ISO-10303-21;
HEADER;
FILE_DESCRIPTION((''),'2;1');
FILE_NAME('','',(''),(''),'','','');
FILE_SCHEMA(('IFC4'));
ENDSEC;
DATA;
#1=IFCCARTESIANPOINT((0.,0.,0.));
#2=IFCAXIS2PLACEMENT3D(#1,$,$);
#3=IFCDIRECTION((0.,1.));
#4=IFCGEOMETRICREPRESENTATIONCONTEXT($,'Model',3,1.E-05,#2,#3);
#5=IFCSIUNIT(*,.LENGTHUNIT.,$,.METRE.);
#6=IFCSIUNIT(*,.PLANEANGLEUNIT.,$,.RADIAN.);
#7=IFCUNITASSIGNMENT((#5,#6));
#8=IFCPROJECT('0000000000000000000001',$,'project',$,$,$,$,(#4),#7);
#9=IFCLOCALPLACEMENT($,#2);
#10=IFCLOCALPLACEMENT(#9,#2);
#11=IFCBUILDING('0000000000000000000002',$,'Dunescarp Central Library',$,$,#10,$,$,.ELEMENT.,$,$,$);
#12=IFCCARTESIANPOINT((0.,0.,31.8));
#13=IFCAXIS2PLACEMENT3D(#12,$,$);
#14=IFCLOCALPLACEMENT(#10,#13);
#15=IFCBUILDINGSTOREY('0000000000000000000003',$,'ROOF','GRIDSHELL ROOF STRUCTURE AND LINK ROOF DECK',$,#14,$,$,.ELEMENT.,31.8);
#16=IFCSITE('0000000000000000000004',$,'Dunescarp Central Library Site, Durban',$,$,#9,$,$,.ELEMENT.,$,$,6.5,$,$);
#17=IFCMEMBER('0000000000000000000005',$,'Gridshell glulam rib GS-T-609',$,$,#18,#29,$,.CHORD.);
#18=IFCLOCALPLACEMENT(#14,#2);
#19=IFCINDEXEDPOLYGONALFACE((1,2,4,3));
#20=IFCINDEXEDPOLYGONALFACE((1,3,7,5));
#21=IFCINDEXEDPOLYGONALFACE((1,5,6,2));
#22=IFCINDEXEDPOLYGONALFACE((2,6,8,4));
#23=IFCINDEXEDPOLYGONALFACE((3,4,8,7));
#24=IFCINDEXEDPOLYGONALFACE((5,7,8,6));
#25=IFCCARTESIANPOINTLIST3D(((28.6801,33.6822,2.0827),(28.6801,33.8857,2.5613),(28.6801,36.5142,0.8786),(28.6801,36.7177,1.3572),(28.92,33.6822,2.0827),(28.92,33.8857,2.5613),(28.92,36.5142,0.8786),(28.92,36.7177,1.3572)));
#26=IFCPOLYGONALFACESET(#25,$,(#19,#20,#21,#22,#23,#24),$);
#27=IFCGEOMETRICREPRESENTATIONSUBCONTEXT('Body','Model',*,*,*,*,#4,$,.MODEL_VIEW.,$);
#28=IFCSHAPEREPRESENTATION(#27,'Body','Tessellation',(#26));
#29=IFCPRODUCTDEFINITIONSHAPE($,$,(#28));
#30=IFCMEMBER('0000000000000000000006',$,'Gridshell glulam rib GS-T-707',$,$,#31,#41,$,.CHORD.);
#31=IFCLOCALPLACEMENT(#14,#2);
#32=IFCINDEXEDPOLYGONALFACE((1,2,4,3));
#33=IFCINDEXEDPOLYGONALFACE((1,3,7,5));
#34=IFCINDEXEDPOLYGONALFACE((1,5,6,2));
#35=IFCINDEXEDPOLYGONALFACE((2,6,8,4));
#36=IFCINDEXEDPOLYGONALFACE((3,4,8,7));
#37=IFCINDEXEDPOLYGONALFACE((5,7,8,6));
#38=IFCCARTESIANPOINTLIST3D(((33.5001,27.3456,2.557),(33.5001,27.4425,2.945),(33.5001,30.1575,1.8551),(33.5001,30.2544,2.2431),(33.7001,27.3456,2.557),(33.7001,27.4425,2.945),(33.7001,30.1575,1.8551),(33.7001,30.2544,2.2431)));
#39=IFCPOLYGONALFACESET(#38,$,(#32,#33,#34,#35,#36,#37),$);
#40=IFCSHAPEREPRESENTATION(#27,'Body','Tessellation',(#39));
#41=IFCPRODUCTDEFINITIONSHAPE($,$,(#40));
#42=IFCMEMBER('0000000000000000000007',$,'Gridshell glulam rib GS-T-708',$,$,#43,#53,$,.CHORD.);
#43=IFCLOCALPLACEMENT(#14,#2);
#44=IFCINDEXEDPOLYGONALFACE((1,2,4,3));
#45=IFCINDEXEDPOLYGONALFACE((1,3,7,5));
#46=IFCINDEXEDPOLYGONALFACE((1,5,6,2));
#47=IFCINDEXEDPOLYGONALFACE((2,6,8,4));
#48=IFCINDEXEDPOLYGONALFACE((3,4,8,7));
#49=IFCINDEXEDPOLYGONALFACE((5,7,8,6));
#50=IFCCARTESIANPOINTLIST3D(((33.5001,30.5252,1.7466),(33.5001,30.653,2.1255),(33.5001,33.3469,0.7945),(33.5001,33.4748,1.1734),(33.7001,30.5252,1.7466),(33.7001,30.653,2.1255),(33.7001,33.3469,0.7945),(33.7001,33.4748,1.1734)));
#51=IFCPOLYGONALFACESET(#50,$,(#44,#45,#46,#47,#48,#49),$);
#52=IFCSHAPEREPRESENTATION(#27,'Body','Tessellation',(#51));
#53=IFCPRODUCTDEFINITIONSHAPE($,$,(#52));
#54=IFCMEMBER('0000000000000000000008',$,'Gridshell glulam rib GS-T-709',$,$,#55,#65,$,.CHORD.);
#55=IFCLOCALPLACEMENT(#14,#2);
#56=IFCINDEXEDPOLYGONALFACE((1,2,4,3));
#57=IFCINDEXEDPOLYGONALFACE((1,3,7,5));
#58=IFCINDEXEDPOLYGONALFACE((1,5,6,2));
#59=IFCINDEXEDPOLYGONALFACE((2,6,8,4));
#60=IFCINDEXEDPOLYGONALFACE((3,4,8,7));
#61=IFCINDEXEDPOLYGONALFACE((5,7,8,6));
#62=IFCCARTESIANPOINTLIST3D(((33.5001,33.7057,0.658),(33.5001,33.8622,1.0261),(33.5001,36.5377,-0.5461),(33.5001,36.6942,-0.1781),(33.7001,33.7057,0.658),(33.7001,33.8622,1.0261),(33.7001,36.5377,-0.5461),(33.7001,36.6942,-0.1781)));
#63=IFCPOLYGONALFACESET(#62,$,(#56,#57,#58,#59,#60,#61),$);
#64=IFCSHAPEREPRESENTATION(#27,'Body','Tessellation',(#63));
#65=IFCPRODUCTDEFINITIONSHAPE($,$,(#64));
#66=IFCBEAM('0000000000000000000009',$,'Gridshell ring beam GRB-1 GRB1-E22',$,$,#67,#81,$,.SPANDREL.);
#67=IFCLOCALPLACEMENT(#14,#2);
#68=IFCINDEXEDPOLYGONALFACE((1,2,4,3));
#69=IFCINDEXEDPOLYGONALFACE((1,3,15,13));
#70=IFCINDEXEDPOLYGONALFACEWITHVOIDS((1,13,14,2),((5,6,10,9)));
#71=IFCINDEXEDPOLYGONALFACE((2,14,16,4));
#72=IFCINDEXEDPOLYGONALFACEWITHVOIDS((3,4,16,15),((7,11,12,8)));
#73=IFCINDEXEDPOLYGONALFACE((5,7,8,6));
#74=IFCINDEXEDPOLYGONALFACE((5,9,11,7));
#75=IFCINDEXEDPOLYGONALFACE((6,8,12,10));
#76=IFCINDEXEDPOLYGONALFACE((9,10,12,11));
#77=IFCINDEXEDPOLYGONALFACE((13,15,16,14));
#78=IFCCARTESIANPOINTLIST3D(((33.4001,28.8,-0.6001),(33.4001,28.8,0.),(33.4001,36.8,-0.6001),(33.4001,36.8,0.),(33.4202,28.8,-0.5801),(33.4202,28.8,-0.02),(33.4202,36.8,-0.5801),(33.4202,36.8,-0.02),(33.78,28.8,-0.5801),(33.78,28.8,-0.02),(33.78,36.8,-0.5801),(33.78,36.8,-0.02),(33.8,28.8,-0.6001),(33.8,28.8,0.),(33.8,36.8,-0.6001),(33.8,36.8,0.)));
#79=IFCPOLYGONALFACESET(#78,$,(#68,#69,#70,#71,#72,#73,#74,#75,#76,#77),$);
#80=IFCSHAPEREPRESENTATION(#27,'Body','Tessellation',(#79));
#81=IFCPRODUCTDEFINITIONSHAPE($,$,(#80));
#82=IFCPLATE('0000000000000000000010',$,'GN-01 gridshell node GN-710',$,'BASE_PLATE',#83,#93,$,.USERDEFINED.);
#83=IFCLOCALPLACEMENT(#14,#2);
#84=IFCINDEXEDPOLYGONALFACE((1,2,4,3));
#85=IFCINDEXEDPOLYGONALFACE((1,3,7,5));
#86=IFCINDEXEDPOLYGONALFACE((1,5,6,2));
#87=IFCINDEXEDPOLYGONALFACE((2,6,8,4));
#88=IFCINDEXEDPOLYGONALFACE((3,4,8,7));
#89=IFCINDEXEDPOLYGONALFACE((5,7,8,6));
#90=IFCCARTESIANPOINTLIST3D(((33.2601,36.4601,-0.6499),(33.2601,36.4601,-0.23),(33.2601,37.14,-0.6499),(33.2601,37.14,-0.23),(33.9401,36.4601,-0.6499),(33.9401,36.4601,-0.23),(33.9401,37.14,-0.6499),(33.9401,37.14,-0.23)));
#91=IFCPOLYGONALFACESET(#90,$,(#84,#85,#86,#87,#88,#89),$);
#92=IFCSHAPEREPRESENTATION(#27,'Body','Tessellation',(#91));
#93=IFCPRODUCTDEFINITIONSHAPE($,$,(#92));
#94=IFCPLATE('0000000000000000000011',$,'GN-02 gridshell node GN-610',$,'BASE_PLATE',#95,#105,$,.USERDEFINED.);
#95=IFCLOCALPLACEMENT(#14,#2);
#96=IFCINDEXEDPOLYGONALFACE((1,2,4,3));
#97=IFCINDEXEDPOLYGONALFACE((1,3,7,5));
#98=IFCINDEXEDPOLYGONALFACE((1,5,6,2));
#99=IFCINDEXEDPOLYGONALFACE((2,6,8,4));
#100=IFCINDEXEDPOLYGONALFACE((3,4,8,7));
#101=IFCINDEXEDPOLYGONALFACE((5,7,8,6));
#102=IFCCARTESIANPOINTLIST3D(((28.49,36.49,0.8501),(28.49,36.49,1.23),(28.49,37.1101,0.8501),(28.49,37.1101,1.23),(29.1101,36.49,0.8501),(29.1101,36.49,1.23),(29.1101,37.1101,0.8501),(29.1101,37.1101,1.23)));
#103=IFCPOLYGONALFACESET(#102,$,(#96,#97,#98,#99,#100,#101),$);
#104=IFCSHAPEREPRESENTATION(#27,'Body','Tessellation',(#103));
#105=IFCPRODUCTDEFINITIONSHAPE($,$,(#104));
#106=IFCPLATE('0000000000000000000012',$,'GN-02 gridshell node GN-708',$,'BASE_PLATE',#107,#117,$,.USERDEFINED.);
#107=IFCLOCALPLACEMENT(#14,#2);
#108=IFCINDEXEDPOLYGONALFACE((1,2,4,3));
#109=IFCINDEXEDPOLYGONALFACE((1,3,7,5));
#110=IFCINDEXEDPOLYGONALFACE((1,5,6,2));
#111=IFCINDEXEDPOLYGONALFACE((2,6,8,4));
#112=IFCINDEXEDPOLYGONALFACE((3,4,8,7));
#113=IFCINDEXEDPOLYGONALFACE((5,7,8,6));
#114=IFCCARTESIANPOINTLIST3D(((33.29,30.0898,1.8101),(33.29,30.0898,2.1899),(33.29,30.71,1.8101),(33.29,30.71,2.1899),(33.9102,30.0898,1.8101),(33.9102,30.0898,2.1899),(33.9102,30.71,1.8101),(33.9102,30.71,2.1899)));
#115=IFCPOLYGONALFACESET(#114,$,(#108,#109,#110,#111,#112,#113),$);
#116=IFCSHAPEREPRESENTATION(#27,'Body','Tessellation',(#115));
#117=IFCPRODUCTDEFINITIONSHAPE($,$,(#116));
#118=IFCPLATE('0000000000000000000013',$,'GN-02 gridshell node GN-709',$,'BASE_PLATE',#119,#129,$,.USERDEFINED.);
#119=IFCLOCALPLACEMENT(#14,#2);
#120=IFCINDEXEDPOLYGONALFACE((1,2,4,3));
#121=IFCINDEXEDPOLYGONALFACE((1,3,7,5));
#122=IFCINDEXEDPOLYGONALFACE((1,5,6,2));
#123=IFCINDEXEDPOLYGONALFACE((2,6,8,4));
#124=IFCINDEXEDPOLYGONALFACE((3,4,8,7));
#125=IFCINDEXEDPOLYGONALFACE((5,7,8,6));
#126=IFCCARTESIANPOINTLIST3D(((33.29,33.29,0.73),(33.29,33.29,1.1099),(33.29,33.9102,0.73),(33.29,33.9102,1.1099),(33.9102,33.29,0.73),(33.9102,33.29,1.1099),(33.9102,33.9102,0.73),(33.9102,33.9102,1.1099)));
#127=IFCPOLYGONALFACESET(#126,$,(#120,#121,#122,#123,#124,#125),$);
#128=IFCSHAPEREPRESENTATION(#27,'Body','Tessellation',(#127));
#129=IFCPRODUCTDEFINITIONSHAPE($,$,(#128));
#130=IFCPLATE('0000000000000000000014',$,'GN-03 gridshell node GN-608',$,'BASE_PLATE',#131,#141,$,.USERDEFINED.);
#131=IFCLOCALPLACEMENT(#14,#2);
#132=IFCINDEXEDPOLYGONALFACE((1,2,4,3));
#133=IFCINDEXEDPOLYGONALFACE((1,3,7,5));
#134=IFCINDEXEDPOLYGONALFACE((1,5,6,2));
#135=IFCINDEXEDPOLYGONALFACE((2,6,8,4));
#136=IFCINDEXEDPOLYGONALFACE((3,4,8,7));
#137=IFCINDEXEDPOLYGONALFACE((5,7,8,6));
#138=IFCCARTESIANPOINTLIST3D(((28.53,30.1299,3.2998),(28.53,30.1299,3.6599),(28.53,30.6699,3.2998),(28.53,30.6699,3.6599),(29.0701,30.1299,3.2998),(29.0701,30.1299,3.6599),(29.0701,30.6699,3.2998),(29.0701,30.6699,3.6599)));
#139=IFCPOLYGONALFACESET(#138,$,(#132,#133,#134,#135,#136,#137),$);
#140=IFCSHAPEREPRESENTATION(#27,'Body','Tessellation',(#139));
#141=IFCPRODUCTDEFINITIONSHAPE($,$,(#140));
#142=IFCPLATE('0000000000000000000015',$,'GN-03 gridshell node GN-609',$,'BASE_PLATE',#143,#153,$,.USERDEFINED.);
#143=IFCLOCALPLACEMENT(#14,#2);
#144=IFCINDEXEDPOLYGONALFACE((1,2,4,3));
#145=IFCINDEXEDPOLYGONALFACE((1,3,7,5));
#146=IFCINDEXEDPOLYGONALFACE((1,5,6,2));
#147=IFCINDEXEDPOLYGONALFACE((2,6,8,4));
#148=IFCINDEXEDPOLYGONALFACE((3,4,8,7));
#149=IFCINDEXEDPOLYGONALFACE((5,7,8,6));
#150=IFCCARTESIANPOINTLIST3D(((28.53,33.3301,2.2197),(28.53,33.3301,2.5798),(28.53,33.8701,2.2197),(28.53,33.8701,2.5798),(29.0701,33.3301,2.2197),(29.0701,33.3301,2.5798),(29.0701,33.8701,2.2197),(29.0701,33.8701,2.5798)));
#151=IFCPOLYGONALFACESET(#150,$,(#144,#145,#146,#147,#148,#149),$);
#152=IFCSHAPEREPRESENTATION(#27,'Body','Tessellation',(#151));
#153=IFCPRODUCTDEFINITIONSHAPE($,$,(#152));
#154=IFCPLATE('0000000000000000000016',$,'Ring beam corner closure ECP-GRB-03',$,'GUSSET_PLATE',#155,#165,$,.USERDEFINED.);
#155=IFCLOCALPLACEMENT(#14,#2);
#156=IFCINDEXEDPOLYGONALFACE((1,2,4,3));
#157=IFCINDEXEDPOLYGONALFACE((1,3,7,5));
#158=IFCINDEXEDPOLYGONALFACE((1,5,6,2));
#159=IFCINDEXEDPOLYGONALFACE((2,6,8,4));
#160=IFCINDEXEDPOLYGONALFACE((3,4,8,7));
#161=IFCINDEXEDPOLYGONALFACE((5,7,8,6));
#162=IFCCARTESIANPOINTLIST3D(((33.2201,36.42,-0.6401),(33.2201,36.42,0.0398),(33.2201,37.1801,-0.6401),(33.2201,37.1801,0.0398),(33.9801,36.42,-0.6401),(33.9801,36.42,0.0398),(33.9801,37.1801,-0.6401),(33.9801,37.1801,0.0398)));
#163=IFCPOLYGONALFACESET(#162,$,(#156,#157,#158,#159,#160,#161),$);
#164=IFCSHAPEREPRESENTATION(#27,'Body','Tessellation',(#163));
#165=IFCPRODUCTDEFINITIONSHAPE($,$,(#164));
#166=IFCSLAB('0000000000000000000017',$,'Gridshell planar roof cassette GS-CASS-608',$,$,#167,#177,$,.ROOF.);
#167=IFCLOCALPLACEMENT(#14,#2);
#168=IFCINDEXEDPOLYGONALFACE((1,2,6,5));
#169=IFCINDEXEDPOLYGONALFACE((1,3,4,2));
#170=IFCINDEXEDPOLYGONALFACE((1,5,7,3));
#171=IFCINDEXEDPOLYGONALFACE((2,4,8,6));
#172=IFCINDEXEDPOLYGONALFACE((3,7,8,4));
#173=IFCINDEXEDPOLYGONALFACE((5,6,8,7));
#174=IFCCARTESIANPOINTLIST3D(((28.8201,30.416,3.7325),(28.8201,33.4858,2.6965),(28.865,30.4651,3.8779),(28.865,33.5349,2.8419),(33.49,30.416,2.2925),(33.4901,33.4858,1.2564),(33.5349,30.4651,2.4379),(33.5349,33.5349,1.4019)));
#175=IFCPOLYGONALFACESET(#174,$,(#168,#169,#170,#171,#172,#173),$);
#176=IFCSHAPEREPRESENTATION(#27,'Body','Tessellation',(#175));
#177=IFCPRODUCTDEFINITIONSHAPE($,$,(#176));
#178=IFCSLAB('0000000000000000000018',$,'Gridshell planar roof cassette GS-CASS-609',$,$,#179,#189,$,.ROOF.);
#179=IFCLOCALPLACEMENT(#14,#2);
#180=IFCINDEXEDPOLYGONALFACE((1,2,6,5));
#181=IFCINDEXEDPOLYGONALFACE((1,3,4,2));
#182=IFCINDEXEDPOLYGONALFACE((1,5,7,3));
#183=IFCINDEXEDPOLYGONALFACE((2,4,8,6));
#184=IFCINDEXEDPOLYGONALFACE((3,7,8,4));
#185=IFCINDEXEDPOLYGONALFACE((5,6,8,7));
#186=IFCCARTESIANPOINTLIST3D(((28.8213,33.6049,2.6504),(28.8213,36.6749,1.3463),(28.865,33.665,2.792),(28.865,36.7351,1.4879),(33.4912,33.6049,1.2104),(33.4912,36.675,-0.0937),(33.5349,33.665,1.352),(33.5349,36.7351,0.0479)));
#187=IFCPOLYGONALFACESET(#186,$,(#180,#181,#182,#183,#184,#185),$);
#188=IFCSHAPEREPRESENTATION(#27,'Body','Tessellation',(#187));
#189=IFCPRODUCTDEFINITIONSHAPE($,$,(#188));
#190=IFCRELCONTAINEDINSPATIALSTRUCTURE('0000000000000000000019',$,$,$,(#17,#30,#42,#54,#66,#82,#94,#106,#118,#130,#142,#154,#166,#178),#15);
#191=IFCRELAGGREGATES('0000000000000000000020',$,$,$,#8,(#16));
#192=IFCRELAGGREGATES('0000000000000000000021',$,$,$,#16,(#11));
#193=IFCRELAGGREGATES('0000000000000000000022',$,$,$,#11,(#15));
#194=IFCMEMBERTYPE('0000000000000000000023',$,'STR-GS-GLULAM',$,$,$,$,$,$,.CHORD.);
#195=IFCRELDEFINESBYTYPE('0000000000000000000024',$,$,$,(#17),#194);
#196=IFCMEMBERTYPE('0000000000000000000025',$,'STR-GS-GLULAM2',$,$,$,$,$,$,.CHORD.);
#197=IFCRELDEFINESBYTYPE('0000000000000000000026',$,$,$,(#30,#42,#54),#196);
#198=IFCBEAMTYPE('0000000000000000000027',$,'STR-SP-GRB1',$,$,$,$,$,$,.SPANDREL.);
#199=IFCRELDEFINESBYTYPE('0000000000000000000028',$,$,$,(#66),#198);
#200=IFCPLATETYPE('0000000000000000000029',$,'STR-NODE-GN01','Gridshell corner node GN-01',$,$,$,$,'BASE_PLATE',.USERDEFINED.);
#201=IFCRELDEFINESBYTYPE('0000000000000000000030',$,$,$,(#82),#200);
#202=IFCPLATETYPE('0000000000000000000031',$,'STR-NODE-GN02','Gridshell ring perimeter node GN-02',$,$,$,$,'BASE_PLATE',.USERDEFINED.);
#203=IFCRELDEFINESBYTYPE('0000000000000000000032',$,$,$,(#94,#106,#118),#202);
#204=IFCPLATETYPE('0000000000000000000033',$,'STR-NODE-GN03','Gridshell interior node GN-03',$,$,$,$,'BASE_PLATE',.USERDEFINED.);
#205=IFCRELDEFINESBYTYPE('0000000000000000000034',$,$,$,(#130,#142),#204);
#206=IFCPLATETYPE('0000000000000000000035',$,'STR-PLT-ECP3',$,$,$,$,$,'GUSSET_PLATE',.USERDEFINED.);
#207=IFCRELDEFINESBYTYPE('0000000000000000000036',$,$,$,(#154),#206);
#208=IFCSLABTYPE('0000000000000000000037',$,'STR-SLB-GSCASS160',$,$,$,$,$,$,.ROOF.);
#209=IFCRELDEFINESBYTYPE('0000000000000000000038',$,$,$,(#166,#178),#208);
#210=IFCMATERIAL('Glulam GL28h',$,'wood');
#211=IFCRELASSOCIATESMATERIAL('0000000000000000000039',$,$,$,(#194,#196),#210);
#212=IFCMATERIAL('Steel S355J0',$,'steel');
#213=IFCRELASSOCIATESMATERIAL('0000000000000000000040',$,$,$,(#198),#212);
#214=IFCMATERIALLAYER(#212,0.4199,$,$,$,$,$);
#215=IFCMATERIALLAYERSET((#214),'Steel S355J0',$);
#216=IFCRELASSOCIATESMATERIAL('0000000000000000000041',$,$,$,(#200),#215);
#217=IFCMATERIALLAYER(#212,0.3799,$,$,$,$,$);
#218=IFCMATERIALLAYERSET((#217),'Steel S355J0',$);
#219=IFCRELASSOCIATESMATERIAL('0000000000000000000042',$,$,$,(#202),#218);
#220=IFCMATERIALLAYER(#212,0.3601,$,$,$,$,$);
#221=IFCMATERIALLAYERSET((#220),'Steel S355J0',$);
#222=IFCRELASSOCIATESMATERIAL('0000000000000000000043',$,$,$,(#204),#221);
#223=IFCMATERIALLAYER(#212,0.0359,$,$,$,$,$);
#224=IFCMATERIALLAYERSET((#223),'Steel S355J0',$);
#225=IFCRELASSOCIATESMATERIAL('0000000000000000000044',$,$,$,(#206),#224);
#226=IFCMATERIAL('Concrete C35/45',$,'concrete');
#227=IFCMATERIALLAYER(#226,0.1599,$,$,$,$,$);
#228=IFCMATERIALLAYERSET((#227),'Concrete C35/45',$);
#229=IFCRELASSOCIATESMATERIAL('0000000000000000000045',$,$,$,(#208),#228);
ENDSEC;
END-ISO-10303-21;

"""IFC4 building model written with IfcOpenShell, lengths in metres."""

from ifc_helpers import new_model, si_unit, direction, frame, origin, origin_2d, place, context, subcontext, project, spatial, polyline, rectangle, hollow_rectangle, outline, extrude, material, layer, layer_set, material_profile, profile_set, type_object, element, save


model = new_model("IFC4")

# Units and contexts
model_context = context("Model", 3, precision=1e-05, world=origin(), true_north=direction((0.0, 1.0)))
body_context = subcontext(model_context, "Body", "Model", "MODEL_VIEW")
ifc_project = project(units=[si_unit("LENGTHUNIT", "METRE"), si_unit("PLANEANGLEUNIT", "RADIAN")], contexts=[model_context])

# Site, building, storey
site_placement = place(None, origin())
site = spatial("IfcSite", under=ifc_project, at=site_placement, Name="Dunescarp Central Library Site, Durban", CompositionType="ELEMENT", RefElevation=6.5)
building_placement = place(site_placement, origin())
building = spatial("IfcBuilding", under=site, at=building_placement, Name="Dunescarp Central Library", CompositionType="ELEMENT")
storey_placement = place(building_placement, frame((0.0, 0.0, 31.8)))
storey = spatial("IfcBuildingStorey", under=building, at=storey_placement, Name="ROOF", Description="GRIDSHELL ROOF STRUCTURE AND LINK ROOF DECK", CompositionType="ELEMENT", Elevation=31.8)

# Members
ifc_material_1 = material(Name="Steel S355J0", Category="steel")
ifc_material_2 = material(Name="Glulam GL28h", Category="wood")
ifc_material_profile_1 = material_profile(ifc_material_2, rectangle(XDim=0.24, YDim=0.52, at=origin_2d()), Name="GL28h 240x520")
ifc_profile_set_1 = profile_set([ifc_material_profile_1], Name="Glulam GL28h")
member_type_1 = type_object("IfcMemberType", Name="STR-GS-GLULAM", PredefinedType="CHORD", material=ifc_profile_set_1)
member_1_placement = place(storey_placement, frame((28.8, 33.7839, 2.322), z_axis=(0.0, 0.920274, -0.391275), x_axis=(-1.0, 0.0, 0.0)))
element("IfcMember", 1, at=member_1_placement, inside=storey, type_object=member_type_1, Name="Gridshell glulam rib GS-T-609", PredefinedType="CHORD", context=body_context, shape_type="SweptSolid", body=[
    extrude(rectangle(XDim=0.24, YDim=0.52, at=origin_2d()), origin(), (0.0, 0.0, 1.0), 3.0774),
])
ifc_material_profile_2 = material_profile(ifc_material_2, rectangle(XDim=0.2, YDim=0.3999, at=origin_2d()), Name="GL28h 200x400")
ifc_profile_set_2 = profile_set([ifc_material_profile_2], Name="Glulam GL28h")
member_type_2 = type_object("IfcMemberType", Name="STR-GS-GLULAM2", PredefinedType="CHORD", material=ifc_profile_set_2)
member_2_placement = place(storey_placement, frame((33.6001, 27.394, 2.751), z_axis=(0.0, 0.970232, -0.242179), x_axis=(-1.0, 0.0, 0.0)))
element("IfcMember", 2, at=member_2_placement, inside=storey, type_object=member_type_2, Name="Gridshell glulam rib GS-T-707", PredefinedType="CHORD", context=body_context, shape_type="SweptSolid", body=[
    extrude(rectangle(XDim=0.2, YDim=0.3999, at=origin_2d()), origin(), (0.0, 0.0, 1.0), 2.8982),
])
member_3_placement = place(storey_placement, frame((33.6001, 30.5891, 1.936), z_axis=(0.0, 0.947513, -0.319718), x_axis=(-1.0, 0.0, 0.0)))
element("IfcMember", 3, at=member_3_placement, inside=storey, type_object=member_type_2, Name="Gridshell glulam rib GS-T-708", PredefinedType="CHORD", context=body_context, shape_type="SweptSolid", body=[
    extrude(rectangle(XDim=0.2, YDim=0.3999, at=origin_2d()), origin(), (0.0, 0.0, 1.0), 2.978),
])
member_4_placement = place(storey_placement, frame((33.6001, 33.7839, 0.842), z_axis=(0.0, 0.920274, -0.391275), x_axis=(-1.0, 0.0, 0.0)))
element("IfcMember", 4, at=member_4_placement, inside=storey, type_object=member_type_2, Name="Gridshell glulam rib GS-T-709", PredefinedType="CHORD", context=body_context, shape_type="SweptSolid", body=[
    extrude(rectangle(XDim=0.2, YDim=0.3999, at=origin_2d()), origin(), (0.0, 0.0, 1.0), 3.0774),
])

# Beam
ifc_material_profile_3 = material_profile(ifc_material_1, hollow_rectangle(XDim=0.3999, YDim=0.6001, WallThickness=0.02, at=origin_2d()), Name="RHS 600x400x20")
ifc_profile_set_3 = profile_set([ifc_material_profile_3], Name="Steel S355J0")
beam_type = type_object("IfcBeamType", Name="STR-SP-GRB1", PredefinedType="SPANDREL", material=ifc_profile_set_3)
beam_placement = place(storey_placement, frame((33.6001, 28.8, -0.3), z_axis=(0.0, 1.0, 0.0), x_axis=(-1.0, 0.0, 0.0)))
element("IfcBeam", 5, at=beam_placement, inside=storey, type_object=beam_type, Name="Gridshell ring beam GRB-1 GRB1-E22", PredefinedType="SPANDREL", context=body_context, shape_type="SweptSolid", body=[
    extrude(hollow_rectangle(XDim=0.3999, YDim=0.6001, WallThickness=0.02, at=origin_2d()), origin(), (0.0, 0.0, 1.0), 8.0),
])

# Plates
ifc_layer_1 = layer(ifc_material_1, 0.4199)
ifc_layer_set_1 = layer_set([ifc_layer_1], Name="Steel S355J0")
plate_type_1 = type_object("IfcPlateType", Name="STR-NODE-GN01", Description="Gridshell corner node GN-01", ElementType="BASE_PLATE", PredefinedType="USERDEFINED", material=ifc_layer_set_1)
plate_1_placement = place(storey_placement, frame((33.6001, 36.8, -0.6499), z_axis=(0.0, 0.0, 1.0), x_axis=(1.0, 0.0, 0.0)))
element("IfcPlate", 6, at=plate_1_placement, inside=storey, type_object=plate_type_1, Name="GN-01 gridshell node GN-710", ObjectType="BASE_PLATE", PredefinedType="USERDEFINED", context=body_context, shape_type="SweptSolid", body=[
    extrude(rectangle(XDim=0.6799, YDim=0.6799, at=origin_2d()), origin(), (0.0, 0.0, 1.0), 0.4199),
])
ifc_layer_2 = layer(ifc_material_1, 0.3799)
ifc_layer_set_2 = layer_set([ifc_layer_2], Name="Steel S355J0")
plate_type_2 = type_object("IfcPlateType", Name="STR-NODE-GN02", Description="Gridshell ring perimeter node GN-02", ElementType="BASE_PLATE", PredefinedType="USERDEFINED", material=ifc_layer_set_2)
for number, where, z_axis, x_axis, name in (
    (7, (28.8, 36.8, 0.8501), (0.0, 0.0, 1.0), (1.0, 0.0, 0.0), "GN-02 gridshell node GN-610"),
    (8, (33.6001, 30.3999, 1.8101), (0.0, 0.0, 1.0), (1.0, 0.0, 0.0), "GN-02 gridshell node GN-708"),
    (9, (33.6001, 33.6001, 0.73), (0.0, 0.0, 1.0), (1.0, 0.0, 0.0), "GN-02 gridshell node GN-709"),
):
    element("IfcPlate", number, at=place(storey_placement, frame(where, z_axis=z_axis, x_axis=x_axis)), inside=storey, type_object=plate_type_2, Name=name, ObjectType="BASE_PLATE", PredefinedType="USERDEFINED", context=body_context, shape_type="SweptSolid", body=[
        extrude(rectangle(XDim=0.6201, YDim=0.6201, at=origin_2d()), origin(), (0.0, 0.0, 1.0), 0.3799),
    ])
ifc_layer_3 = layer(ifc_material_1, 0.3601)
ifc_layer_set_3 = layer_set([ifc_layer_3], Name="Steel S355J0")
plate_type_3 = type_object("IfcPlateType", Name="STR-NODE-GN03", Description="Gridshell interior node GN-03", ElementType="BASE_PLATE", PredefinedType="USERDEFINED", material=ifc_layer_set_3)
for number, where, z_axis, x_axis, name in (
    (10, (28.8, 30.3999, 3.2998), (0.0, 0.0, 1.0), (1.0, 0.0, 0.0), "GN-03 gridshell node GN-608"),
    (11, (28.8, 33.6001, 2.2197), (0.0, 0.0, 1.0), (1.0, 0.0, 0.0), "GN-03 gridshell node GN-609"),
):
    element("IfcPlate", number, at=place(storey_placement, frame(where, z_axis=z_axis, x_axis=x_axis)), inside=storey, type_object=plate_type_3, Name=name, ObjectType="BASE_PLATE", PredefinedType="USERDEFINED", context=body_context, shape_type="SweptSolid", body=[
        extrude(rectangle(XDim=0.54, YDim=0.54, at=origin_2d()), origin(), (0.0, 0.0, 1.0), 0.3601),
    ])
ifc_layer_4 = layer(ifc_material_1, 0.0359)
ifc_layer_set_4 = layer_set([ifc_layer_4], Name="Steel S355J0")
plate_type_4 = type_object("IfcPlateType", Name="STR-PLT-ECP3", ElementType="GUSSET_PLATE", PredefinedType="USERDEFINED", material=ifc_layer_set_4)
plate_2_placement = place(storey_placement, frame((33.6001, 36.8, -0.6401), z_axis=(0.0, 0.0, 1.0), x_axis=(1.0, 0.0, 0.0)))
element("IfcPlate", 12, at=plate_2_placement, inside=storey, type_object=plate_type_4, Name="Ring beam corner closure ECP-GRB-03", ObjectType="GUSSET_PLATE", PredefinedType="USERDEFINED", context=body_context, shape_type="SweptSolid", body=[
    extrude(rectangle(XDim=0.76, YDim=0.76, at=origin_2d()), origin(), (0.0, 0.0, 1.0), 0.6799),
])

# Slabs
ifc_material_3 = material(Name="Concrete C35/45", Category="concrete")
ifc_layer_5 = layer(ifc_material_3, 0.1599)
ifc_layer_set_5 = layer_set([ifc_layer_5], Name="Concrete C35/45")
slab_type = type_object("IfcSlabType", Name="STR-SLB-GSCASS160", PredefinedType="ROOF", material=ifc_layer_set_5)
slab_1_placement = place(storey_placement, frame((28.865, 30.4651, 3.8779), z_axis=(0.280454, 0.306931, 0.909472), x_axis=(0.955597, -0.000007, -0.294675)))
element("IfcSlab", 13, at=slab_1_placement, inside=storey, type_object=slab_type, Name="Gridshell planar roof cassette GS-CASS-608", PredefinedType="ROOF", context=body_context, shape_type="SweptSolid", body=[
    extrude(outline(polyline([(0.0, 0.0), (4.8869, 0.0), (5.1922, 3.2256), (0.3052, 3.2255), (0.0, 0.0)])), origin(), (0.0, 0.0, -1.0), 0.1599),
])
slab_2_placement = place(storey_placement, frame((28.865, 33.665, 2.792), z_axis=(0.273041, 0.376107, 0.885433), x_axis=(0.955598, -0.000008, -0.294674)))
element("IfcSlab", 14, at=slab_2_placement, inside=storey, type_object=slab_type, Name="Gridshell planar roof cassette GS-CASS-609", PredefinedType="ROOF", context=body_context, shape_type="SweptSolid", body=[
    extrude(outline(polyline([(0.0, 0.0), (4.8869, 0.0), (5.2712, 3.3134), (0.3842, 3.3133), (0.0, 0.0)])), origin(), (0.0, 0.0, -1.0), 0.1599),
])

save(model, "model.ifc")
